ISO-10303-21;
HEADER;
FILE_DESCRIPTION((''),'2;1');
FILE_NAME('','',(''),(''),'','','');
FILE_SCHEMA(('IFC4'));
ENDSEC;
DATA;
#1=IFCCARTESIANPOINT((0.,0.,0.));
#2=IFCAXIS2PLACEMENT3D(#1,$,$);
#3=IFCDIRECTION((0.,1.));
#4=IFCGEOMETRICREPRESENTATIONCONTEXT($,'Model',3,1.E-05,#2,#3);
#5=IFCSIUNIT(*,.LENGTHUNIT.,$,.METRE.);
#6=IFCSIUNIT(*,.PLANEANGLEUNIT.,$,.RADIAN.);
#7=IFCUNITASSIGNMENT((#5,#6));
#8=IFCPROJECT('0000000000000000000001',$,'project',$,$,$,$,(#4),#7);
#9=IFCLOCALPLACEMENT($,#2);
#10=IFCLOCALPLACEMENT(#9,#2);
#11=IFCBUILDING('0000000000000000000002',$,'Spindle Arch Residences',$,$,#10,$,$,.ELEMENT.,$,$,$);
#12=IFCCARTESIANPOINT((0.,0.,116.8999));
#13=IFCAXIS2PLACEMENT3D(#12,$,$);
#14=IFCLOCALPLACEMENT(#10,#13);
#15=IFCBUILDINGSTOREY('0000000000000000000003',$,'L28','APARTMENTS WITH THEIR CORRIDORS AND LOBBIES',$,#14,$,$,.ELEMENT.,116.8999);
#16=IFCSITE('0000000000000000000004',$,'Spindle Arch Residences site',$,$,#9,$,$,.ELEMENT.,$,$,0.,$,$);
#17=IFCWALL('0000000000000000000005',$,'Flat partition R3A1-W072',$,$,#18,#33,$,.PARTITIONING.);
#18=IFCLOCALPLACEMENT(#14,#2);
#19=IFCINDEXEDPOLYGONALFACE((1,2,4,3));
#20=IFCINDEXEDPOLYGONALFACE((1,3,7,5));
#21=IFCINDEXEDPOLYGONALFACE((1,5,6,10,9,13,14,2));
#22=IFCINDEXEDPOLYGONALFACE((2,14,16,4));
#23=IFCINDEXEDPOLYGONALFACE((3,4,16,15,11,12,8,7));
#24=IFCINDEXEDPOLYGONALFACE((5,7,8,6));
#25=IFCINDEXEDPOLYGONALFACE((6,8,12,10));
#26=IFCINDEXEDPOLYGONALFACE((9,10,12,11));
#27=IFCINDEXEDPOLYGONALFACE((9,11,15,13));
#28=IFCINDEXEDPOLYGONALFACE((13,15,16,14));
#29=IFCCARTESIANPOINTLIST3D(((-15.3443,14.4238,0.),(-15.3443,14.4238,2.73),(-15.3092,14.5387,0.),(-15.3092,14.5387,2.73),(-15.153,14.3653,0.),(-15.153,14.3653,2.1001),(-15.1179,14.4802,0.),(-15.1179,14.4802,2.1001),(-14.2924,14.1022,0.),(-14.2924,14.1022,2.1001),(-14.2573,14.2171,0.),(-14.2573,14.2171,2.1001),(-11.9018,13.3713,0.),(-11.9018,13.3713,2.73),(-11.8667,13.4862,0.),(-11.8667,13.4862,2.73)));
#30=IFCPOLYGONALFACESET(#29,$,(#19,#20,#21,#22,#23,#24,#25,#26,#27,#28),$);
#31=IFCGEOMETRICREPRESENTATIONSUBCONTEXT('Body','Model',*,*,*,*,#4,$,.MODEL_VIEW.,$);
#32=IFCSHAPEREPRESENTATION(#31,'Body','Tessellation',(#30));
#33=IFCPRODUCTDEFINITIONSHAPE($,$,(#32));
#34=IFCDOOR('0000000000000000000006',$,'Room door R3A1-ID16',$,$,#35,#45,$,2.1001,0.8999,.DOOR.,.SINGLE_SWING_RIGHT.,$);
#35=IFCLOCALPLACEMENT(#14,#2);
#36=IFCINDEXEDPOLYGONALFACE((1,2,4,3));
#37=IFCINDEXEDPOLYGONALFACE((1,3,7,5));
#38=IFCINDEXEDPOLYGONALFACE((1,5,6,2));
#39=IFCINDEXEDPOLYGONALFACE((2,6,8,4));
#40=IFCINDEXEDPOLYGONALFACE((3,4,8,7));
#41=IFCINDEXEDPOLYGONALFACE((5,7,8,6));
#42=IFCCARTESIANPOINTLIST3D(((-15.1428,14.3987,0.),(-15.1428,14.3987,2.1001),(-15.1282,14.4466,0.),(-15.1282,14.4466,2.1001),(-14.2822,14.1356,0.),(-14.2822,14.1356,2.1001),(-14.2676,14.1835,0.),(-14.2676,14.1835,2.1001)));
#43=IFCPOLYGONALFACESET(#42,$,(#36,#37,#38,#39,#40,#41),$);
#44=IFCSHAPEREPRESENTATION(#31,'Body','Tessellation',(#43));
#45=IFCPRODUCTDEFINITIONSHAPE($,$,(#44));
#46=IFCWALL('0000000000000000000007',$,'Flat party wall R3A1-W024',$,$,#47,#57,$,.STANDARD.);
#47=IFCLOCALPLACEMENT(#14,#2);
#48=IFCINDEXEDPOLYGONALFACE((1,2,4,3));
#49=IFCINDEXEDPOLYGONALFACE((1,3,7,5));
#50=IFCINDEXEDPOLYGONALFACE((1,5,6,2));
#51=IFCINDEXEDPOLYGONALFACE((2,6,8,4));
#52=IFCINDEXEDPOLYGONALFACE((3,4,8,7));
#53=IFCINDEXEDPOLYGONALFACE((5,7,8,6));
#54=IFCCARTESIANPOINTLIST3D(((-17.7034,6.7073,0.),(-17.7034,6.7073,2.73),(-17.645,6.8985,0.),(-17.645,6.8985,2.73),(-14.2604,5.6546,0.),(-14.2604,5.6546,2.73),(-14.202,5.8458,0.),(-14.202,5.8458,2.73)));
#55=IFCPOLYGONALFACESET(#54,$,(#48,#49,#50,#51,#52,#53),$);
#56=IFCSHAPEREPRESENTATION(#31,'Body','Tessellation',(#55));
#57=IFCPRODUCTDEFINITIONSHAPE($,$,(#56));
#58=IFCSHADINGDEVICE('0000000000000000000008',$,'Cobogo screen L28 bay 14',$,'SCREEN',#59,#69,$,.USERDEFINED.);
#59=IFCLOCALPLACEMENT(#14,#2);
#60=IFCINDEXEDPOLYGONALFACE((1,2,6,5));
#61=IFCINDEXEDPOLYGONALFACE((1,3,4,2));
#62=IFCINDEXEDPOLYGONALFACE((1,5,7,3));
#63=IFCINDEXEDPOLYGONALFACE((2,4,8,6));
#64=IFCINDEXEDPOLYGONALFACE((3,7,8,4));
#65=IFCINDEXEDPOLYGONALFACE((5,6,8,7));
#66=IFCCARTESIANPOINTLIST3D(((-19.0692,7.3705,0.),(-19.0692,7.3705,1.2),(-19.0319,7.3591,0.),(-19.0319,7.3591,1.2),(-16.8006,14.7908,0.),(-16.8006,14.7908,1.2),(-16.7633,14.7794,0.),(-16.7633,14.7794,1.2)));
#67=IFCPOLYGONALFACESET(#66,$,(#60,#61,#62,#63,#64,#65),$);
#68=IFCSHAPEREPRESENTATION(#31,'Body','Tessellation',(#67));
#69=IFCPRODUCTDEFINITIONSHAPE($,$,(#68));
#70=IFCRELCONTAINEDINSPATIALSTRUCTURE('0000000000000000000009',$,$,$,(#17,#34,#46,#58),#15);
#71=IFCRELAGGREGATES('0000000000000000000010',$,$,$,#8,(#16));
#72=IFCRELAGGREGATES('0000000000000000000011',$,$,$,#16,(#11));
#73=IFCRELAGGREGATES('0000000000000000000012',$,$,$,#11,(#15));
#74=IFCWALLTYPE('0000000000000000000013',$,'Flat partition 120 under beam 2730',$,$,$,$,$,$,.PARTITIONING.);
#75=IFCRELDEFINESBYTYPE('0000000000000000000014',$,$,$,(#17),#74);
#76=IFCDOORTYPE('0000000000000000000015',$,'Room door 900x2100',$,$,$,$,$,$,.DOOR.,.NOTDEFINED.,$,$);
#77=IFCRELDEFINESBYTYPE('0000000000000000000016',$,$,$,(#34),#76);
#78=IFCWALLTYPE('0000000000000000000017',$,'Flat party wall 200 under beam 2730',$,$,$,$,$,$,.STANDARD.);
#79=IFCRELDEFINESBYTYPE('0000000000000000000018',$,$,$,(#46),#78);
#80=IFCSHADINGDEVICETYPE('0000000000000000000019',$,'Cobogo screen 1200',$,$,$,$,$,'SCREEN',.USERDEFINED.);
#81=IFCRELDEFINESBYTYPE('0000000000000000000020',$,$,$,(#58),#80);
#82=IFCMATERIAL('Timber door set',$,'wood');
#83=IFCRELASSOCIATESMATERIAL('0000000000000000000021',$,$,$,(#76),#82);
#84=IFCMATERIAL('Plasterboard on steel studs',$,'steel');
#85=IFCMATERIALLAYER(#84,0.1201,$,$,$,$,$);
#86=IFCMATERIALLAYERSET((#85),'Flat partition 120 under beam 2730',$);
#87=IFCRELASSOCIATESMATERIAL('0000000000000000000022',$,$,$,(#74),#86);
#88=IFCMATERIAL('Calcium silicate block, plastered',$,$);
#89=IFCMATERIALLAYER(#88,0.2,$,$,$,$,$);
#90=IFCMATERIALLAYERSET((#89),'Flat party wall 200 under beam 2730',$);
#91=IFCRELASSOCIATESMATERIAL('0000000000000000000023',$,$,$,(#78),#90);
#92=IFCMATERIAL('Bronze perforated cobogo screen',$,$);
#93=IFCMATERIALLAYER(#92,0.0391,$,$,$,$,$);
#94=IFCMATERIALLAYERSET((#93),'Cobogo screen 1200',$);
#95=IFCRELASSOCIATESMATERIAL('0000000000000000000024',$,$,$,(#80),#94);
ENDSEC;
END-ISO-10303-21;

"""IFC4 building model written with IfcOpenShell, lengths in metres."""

from ifc_helpers import new_model, si_unit, direction, frame, frame_2d, origin, origin_2d, place, context, subcontext, project, spatial, rectangle, extrude, material, layer, layer_set, type_object, element, fill, save


model = new_model("IFC4")

# Units and contexts
model_context = context("Model", 3, precision=1e-05, world=origin(), true_north=direction((0.0, 1.0)))
body_context = subcontext(model_context, "Body", "Model", "MODEL_VIEW")
ifc_project = project(units=[si_unit("LENGTHUNIT", "METRE"), si_unit("PLANEANGLEUNIT", "RADIAN")], contexts=[model_context])

# Site, building, storey
site_placement = place(None, origin())
site = spatial("IfcSite", under=ifc_project, at=site_placement, Name="Spindle Arch Residences site", CompositionType="ELEMENT", RefElevation=0.0)
building_placement = place(site_placement, origin())
building = spatial("IfcBuilding", under=site, at=building_placement, Name="Spindle Arch Residences", CompositionType="ELEMENT")
storey_placement = place(building_placement, frame((0.0, 0.0, 116.8999)))
storey = spatial("IfcBuildingStorey", under=building, at=storey_placement, Name="L28", Description="APARTMENTS WITH THEIR CORRIDORS AND LOBBIES", CompositionType="ELEMENT", Elevation=116.8999)

# Shared definitions
ifc_material_1 = material(Name="Timber door set", Category="wood")
door_type_1 = type_object("IfcDoorType", Name="Room door 900x2100", OperationType="NOTDEFINED", PredefinedType="DOOR", material=ifc_material_1)

# Wall, opening, door
ifc_material_2 = material(Name="Plasterboard on steel studs", Category="steel")
ifc_layer_1 = layer(ifc_material_2, 0.1201)
ifc_layer_set_1 = layer_set([ifc_layer_1], Name="Flat partition 120 under beam 2730")
wall_type_1 = type_object("IfcWallType", Name="Flat partition 120 under beam 2730", PredefinedType="PARTITIONING", material=ifc_layer_set_1)
wall_1_placement = place(storey_placement, frame((-15.3267, 14.4812, 0.0), z_axis=(0.0, 0.0, 1.0), x_axis=(0.956307, -0.292365, 0.0)))
wall_1 = element("IfcWall", 1, at=wall_1_placement, inside=storey, type_object=wall_type_1, Name="Flat partition R3A1-W072", PredefinedType="PARTITIONING", context=body_context, shape_type="SweptSolid", body=[
    extrude(rectangle(XDim=3.5999, YDim=0.1201, at=frame_2d((1.7998, 0.0))), origin(), (0.0, 0.0, 1.0), 2.73),
])
opening_1_placement = place(wall_1_placement, frame((0.2, 0.0, 0.0)))
opening_1 = element("IfcOpeningElement", 2, at=opening_1_placement, cuts=wall_1, PredefinedType="OPENING", context=body_context, shape_type="SweptSolid", body=[
    extrude(rectangle(XDim=0.8999, YDim=2.1001, at=frame_2d((0.45, 1.05))), frame((0.0, 0.0701, 0.0), z_axis=(0.0, -1.0, 0.0), x_axis=(1.0, 0.0, 0.0)), (0.0, 0.0, 1.0), 0.1401),
])
door_1_placement = place(opening_1_placement, origin())
door_1 = element("IfcDoor", 3, at=door_1_placement, inside=storey, type_object=door_type_1, Name="Room door R3A1-ID16", OperationType="SINGLE_SWING_RIGHT", OverallHeight=2.1001, OverallWidth=0.8999, PredefinedType="DOOR", context=body_context, shape_type="SweptSolid", body=[
    extrude(rectangle(XDim=0.8999, YDim=2.1001, at=frame_2d((0.45, 1.05))), frame((0.0, 0.0249, 0.0), z_axis=(0.0, -1.0, 0.0), x_axis=(1.0, 0.0, 0.0)), (0.0, 0.0, 1.0), 0.05),
])
fill(opening_1, door_1)

# Wall
ifc_material_3 = material(Name="Calcium silicate block, plastered")
ifc_layer_2 = layer(ifc_material_3, 0.2)
ifc_layer_set_2 = layer_set([ifc_layer_2], Name="Flat party wall 200 under beam 2730")
wall_type_2 = type_object("IfcWallType", Name="Flat party wall 200 under beam 2730", PredefinedType="STANDARD", material=ifc_layer_set_2)
wall_2_placement = place(storey_placement, frame((-17.6743, 6.803, 0.0), z_axis=(0.0, 0.0, 1.0), x_axis=(0.956294, -0.292408, 0.0)))
element("IfcWall", 4, at=wall_2_placement, inside=storey, type_object=wall_type_2, Name="Flat party wall R3A1-W024", PredefinedType="STANDARD", context=body_context, shape_type="SweptSolid", body=[
    extrude(rectangle(XDim=3.6003, YDim=0.2, at=frame_2d((1.8003, 0.0))), origin(), (0.0, 0.0, 1.0), 2.73),
])

# Shading device
ifc_material_4 = material(Name="Bronze perforated cobogo screen")
ifc_layer_3 = layer(ifc_material_4, 0.0391)
ifc_layer_set_3 = layer_set([ifc_layer_3], Name="Cobogo screen 1200")
shading_device_type = type_object("IfcShadingDeviceType", Name="Cobogo screen 1200", ElementType="SCREEN", PredefinedType="USERDEFINED", material=ifc_layer_set_3)
shading_device_placement = place(storey_placement, frame((-17.9163, 11.075, 0.0), z_axis=(0.0, 0.0, 1.0), x_axis=(-0.292372, -0.956305, 0.0)))
element("IfcShadingDevice", 5, at=shading_device_placement, inside=storey, type_object=shading_device_type, Name="Cobogo screen L28 bay 14", ObjectType="SCREEN", PredefinedType="USERDEFINED", context=body_context, shape_type="SweptSolid", body=[
    extrude(rectangle(XDim=7.7593, YDim=0.0391, at=origin_2d()), origin(), (0.0, 0.0, 1.0), 1.2),
])

save(model, "model.ifc")
